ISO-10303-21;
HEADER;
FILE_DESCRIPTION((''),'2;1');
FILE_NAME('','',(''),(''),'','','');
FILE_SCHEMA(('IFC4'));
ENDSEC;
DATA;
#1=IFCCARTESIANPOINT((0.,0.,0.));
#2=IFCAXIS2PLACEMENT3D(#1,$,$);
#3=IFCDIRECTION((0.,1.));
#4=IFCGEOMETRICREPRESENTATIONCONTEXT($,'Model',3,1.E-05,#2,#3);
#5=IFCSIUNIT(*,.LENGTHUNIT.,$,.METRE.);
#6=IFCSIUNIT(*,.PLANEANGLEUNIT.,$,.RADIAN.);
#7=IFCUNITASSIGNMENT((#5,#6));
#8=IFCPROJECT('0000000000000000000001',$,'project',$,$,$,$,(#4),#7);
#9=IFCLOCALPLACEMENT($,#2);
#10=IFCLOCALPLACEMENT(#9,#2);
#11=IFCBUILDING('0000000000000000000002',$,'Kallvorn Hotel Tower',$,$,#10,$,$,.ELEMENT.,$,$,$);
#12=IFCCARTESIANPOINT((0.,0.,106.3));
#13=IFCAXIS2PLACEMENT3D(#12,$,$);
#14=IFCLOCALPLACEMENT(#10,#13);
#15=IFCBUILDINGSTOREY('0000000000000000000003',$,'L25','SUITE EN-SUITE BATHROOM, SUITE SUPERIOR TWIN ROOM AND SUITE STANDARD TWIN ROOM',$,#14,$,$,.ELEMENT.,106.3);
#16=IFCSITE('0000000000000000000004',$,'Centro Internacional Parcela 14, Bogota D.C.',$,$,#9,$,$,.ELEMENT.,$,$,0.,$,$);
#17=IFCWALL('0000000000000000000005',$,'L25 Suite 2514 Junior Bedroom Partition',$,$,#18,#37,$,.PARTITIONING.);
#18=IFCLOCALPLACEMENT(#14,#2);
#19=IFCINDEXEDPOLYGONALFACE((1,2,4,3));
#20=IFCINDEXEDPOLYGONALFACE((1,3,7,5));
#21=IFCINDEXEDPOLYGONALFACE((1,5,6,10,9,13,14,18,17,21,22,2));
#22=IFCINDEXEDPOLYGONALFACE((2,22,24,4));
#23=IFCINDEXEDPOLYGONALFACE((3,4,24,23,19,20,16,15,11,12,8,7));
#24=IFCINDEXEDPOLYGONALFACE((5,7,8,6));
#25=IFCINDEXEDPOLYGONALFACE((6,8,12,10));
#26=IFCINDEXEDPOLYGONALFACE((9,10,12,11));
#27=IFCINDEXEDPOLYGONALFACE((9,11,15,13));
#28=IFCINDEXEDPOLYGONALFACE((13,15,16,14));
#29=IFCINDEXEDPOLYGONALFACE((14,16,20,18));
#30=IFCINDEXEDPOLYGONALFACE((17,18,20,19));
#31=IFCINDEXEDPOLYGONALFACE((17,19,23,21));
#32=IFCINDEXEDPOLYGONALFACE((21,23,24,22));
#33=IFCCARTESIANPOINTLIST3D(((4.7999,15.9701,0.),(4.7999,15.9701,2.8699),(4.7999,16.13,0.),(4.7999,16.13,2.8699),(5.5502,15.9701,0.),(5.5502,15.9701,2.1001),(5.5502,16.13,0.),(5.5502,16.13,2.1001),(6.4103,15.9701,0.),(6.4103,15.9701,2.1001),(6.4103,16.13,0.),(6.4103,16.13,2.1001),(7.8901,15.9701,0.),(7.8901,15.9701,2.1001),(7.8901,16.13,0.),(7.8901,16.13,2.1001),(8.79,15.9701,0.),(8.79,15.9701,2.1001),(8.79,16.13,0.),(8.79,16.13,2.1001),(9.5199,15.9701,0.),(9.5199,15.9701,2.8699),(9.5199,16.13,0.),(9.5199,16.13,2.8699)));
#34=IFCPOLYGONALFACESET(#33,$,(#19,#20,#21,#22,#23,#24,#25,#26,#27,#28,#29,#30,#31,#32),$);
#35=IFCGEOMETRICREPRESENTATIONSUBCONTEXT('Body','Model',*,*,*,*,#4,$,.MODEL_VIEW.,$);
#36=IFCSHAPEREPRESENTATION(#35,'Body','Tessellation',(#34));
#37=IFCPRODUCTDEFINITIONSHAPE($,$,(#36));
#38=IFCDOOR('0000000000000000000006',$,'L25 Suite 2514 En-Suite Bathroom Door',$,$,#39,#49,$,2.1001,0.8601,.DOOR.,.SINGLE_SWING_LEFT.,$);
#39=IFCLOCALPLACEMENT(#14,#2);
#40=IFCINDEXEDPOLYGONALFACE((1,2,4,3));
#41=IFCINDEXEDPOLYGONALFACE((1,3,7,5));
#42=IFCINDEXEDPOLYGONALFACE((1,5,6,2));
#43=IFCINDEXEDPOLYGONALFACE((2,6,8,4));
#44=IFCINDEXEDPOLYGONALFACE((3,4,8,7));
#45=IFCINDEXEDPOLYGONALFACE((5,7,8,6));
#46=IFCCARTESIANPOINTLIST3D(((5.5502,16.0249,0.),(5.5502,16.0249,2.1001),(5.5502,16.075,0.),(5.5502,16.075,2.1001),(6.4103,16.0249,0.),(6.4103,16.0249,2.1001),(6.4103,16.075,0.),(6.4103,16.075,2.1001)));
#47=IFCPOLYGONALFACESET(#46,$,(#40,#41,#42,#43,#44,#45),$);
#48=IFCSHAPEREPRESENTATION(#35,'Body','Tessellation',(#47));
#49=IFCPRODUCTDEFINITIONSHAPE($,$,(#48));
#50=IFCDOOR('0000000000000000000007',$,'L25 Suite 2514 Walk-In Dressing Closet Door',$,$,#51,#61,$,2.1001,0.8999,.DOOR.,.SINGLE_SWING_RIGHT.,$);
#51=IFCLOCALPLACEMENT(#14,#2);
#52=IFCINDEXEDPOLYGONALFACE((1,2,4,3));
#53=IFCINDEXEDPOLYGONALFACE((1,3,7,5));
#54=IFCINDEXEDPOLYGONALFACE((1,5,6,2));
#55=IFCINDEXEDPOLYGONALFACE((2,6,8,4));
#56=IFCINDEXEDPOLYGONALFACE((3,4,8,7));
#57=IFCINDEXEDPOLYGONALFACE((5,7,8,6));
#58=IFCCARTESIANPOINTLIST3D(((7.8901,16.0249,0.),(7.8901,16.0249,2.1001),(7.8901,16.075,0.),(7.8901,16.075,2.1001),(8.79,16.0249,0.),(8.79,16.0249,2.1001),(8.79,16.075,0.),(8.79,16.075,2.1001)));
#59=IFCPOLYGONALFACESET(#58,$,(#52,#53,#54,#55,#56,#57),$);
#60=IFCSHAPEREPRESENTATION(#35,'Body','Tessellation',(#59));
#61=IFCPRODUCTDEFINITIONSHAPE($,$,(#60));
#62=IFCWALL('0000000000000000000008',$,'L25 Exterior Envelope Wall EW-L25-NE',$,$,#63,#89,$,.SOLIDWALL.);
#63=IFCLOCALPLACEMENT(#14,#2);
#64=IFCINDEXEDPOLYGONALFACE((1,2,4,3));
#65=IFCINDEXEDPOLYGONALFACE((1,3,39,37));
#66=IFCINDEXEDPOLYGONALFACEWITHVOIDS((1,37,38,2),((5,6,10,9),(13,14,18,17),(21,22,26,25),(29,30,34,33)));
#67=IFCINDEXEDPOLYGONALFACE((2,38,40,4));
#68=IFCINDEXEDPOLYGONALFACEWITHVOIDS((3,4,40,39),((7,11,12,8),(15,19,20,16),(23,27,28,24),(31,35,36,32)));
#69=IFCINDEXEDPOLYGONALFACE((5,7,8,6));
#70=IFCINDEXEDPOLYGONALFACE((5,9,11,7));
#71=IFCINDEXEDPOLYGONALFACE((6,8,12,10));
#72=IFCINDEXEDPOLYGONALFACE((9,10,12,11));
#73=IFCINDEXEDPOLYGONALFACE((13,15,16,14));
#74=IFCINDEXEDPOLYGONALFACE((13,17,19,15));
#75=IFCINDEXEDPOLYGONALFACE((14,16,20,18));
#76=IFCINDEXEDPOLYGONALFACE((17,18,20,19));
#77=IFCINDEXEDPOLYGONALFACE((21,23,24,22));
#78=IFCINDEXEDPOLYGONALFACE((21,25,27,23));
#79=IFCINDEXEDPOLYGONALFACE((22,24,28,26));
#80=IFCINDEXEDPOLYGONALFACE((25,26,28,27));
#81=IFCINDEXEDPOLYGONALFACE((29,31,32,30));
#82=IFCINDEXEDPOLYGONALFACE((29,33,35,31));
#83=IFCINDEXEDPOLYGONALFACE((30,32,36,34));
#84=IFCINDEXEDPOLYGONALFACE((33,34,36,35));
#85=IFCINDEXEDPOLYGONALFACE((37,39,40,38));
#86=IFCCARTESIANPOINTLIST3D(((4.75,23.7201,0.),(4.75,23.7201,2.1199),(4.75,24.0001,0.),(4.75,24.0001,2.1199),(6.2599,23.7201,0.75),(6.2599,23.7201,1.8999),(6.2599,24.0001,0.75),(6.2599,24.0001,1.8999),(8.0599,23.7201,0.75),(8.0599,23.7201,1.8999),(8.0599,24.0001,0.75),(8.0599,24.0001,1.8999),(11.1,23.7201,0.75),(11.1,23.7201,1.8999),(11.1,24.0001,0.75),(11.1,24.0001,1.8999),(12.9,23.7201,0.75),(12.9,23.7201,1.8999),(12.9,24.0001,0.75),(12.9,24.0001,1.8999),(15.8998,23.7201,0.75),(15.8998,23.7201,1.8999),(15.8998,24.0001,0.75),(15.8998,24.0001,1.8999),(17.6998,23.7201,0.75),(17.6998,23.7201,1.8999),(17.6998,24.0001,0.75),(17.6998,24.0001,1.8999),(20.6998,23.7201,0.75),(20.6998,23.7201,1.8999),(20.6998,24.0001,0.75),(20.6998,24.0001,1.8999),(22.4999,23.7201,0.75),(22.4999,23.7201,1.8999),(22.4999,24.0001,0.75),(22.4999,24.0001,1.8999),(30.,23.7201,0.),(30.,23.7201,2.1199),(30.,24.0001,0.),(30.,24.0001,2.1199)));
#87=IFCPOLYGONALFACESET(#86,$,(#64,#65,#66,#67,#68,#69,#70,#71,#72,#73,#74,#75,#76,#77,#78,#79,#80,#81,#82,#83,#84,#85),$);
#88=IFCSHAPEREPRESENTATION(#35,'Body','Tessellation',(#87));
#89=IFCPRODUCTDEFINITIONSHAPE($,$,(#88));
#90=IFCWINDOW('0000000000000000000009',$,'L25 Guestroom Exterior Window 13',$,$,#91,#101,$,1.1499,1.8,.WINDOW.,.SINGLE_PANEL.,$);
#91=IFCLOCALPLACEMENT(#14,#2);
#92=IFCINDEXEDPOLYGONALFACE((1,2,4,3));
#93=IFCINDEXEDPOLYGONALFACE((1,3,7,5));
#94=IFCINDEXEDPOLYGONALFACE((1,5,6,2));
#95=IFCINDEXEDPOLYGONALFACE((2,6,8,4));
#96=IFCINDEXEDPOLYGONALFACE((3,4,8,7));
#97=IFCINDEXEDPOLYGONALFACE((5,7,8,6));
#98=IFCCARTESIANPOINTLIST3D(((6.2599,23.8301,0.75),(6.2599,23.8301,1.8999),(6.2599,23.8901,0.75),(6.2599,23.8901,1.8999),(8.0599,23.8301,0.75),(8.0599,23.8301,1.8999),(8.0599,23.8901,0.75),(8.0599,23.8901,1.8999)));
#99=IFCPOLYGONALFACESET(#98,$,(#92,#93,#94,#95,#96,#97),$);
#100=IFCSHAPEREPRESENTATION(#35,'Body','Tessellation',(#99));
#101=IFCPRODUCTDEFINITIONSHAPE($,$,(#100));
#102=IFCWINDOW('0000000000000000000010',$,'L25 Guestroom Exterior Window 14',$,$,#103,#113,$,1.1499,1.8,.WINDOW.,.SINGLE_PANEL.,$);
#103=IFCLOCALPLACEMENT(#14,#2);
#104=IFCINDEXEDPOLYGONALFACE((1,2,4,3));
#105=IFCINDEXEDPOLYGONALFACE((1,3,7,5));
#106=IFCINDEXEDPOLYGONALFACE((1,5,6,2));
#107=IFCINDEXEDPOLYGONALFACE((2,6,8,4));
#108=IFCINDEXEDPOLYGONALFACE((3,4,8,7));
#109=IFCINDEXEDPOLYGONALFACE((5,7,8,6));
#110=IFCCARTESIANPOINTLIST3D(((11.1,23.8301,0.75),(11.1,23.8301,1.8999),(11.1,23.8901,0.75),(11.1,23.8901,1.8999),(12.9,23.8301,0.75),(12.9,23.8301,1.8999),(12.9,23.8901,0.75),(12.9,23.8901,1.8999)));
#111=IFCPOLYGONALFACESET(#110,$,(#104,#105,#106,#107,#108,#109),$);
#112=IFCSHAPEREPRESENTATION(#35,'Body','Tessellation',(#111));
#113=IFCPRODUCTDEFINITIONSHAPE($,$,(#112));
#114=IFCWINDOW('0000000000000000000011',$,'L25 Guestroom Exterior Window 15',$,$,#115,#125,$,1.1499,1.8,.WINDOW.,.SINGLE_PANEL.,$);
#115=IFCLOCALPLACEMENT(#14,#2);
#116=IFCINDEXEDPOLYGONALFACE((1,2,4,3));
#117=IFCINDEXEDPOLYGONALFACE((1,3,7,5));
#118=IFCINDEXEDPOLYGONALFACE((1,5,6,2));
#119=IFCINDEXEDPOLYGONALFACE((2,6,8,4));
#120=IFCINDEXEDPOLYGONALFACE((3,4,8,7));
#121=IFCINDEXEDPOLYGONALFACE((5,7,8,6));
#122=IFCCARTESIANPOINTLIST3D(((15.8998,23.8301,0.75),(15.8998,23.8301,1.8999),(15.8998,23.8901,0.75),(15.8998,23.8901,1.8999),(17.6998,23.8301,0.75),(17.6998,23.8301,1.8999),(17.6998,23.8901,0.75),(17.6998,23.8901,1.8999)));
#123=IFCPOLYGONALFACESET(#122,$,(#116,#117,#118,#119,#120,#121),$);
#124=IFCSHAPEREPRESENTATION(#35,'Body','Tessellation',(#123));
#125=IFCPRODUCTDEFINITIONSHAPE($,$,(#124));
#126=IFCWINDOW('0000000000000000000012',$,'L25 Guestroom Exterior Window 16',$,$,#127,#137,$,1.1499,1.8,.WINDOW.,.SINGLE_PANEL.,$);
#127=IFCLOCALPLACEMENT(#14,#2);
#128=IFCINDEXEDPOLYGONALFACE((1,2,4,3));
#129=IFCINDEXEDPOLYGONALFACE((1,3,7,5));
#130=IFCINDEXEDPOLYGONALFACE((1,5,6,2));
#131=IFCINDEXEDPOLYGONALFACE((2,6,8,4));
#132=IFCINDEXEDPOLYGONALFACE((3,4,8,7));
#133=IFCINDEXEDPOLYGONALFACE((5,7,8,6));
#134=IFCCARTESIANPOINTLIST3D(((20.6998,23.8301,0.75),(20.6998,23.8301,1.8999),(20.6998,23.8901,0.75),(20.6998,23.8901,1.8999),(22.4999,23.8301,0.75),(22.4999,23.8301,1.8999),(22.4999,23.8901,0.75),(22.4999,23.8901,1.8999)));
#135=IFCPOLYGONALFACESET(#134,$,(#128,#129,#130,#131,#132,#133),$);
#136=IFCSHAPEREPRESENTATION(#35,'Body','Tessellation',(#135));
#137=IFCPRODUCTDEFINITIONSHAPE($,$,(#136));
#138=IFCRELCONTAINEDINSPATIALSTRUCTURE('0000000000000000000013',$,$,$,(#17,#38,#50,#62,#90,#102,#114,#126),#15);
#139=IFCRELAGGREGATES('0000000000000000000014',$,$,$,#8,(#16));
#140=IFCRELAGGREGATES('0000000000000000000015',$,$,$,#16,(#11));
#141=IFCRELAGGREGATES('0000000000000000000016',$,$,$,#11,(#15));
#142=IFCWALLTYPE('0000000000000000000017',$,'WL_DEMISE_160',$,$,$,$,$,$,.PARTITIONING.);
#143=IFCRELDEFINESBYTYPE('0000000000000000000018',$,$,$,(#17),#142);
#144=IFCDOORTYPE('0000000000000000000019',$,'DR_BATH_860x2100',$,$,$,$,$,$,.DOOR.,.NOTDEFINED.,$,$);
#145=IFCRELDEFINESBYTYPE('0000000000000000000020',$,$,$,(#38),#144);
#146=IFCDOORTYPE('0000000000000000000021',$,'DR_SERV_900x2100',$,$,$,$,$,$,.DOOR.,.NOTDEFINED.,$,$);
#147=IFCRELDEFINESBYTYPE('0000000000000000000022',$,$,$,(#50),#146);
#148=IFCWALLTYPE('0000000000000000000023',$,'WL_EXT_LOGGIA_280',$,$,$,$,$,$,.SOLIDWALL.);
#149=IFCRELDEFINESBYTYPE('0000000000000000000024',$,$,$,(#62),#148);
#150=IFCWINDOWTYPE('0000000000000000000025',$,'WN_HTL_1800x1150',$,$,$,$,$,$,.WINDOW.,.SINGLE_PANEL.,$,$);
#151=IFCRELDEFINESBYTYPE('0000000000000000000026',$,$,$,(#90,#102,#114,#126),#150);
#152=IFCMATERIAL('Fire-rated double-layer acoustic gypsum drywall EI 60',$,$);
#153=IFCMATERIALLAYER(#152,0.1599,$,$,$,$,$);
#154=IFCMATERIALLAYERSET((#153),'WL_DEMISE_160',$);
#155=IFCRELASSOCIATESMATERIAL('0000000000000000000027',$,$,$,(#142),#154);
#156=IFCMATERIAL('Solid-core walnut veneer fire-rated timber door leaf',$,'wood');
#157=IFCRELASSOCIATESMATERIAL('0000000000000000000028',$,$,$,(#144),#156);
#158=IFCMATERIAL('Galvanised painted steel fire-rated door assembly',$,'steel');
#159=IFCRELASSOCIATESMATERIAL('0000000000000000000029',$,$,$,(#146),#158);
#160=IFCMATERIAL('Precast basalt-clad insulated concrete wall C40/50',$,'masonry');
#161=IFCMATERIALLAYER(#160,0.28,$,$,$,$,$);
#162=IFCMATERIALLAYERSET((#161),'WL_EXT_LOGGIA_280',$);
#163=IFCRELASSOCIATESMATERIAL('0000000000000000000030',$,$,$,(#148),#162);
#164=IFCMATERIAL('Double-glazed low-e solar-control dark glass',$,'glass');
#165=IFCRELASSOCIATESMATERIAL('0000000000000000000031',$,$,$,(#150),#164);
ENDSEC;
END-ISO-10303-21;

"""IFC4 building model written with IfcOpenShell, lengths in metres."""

from ifc_helpers import new_model, si_unit, direction, frame, frame_2d, origin, place, context, subcontext, project, spatial, rectangle, extrude, material, layer, layer_set, type_object, element, fill, save


model = new_model("IFC4")

# Units and contexts
model_context = context("Model", 3, precision=1e-05, world=origin(), true_north=direction((0.0, 1.0)))
body_context = subcontext(model_context, "Body", "Model", "MODEL_VIEW")
ifc_project = project(units=[si_unit("LENGTHUNIT", "METRE"), si_unit("PLANEANGLEUNIT", "RADIAN")], contexts=[model_context])

# Site, building, storey
site_placement = place(None, origin())
site = spatial("IfcSite", under=ifc_project, at=site_placement, Name="Centro Internacional Parcela 14, Bogota D.C.", CompositionType="ELEMENT", RefElevation=0.0)
building_placement = place(site_placement, origin())
building = spatial("IfcBuilding", under=site, at=building_placement, Name="Kallvorn Hotel Tower", CompositionType="ELEMENT")
storey_placement = place(building_placement, frame((0.0, 0.0, 106.3)))
storey = spatial("IfcBuildingStorey", under=building, at=storey_placement, Name="L25", Description="SUITE EN-SUITE BATHROOM, SUITE SUPERIOR TWIN ROOM AND SUITE STANDARD TWIN ROOM", CompositionType="ELEMENT", Elevation=106.3)

# Wall, openings, doors
ifc_material_1 = material(Name="Fire-rated double-layer acoustic gypsum drywall EI 60")
ifc_layer_1 = layer(ifc_material_1, 0.1599)
ifc_layer_set_1 = layer_set([ifc_layer_1], Name="WL_DEMISE_160")
wall_type_1 = type_object("IfcWallType", Name="WL_DEMISE_160", PredefinedType="PARTITIONING", material=ifc_layer_set_1)
wall_1_placement = place(storey_placement, frame((4.8, 16.05, 0.0), z_axis=(0.0, 0.0, 1.0), x_axis=(1.0, 0.0, 0.0)))
wall_1 = element("IfcWall", 1, at=wall_1_placement, inside=storey, type_object=wall_type_1, Name="L25 Suite 2514 Junior Bedroom Partition", PredefinedType="PARTITIONING", context=body_context, shape_type="SweptSolid", body=[
    extrude(rectangle(XDim=4.72, YDim=0.1599, at=frame_2d((2.3599, 0.0))), origin(), (0.0, 0.0, 1.0), 2.8699),
])
opening_1_placement = place(wall_1_placement, frame((0.75, 0.0, 0.0)))
opening_1 = element("IfcOpeningElement", 2, at=opening_1_placement, cuts=wall_1, PredefinedType="OPENING", context=body_context, shape_type="SweptSolid", body=[
    extrude(rectangle(XDim=0.8601, YDim=2.1001, at=frame_2d((0.4302, 1.05))), frame((0.0, 0.095, 0.0), z_axis=(0.0, -1.0, 0.0), x_axis=(1.0, 0.0, 0.0)), (0.0, 0.0, 1.0), 0.1899),
])
opening_2_placement = place(wall_1_placement, frame((3.0901, 0.0, 0.0)))
opening_2 = element("IfcOpeningElement", 3, at=opening_2_placement, cuts=wall_1, PredefinedType="OPENING", context=body_context, shape_type="SweptSolid", body=[
    extrude(rectangle(XDim=0.8999, YDim=2.1001, at=frame_2d((0.45, 1.05))), frame((0.0, 0.095, 0.0), z_axis=(0.0, -1.0, 0.0), x_axis=(1.0, 0.0, 0.0)), (0.0, 0.0, 1.0), 0.1899),
])
ifc_material_2 = material(Name="Solid-core walnut veneer fire-rated timber door leaf", Category="wood")
door_type_1 = type_object("IfcDoorType", Name="DR_BATH_860x2100", OperationType="NOTDEFINED", PredefinedType="DOOR", material=ifc_material_2)
door_1_placement = place(opening_1_placement, origin())
door_1 = element("IfcDoor", 4, at=door_1_placement, inside=storey, type_object=door_type_1, Name="L25 Suite 2514 En-Suite Bathroom Door", OperationType="SINGLE_SWING_LEFT", OverallHeight=2.1001, OverallWidth=0.8601, PredefinedType="DOOR", context=body_context, shape_type="SweptSolid", body=[
    extrude(rectangle(XDim=0.8601, YDim=2.1001, at=frame_2d((0.4302, 1.05))), frame((0.0, 0.0249, 0.0), z_axis=(0.0, -1.0, 0.0), x_axis=(1.0, 0.0, 0.0)), (0.0, 0.0, 1.0), 0.05),
])
fill(opening_1, door_1)
ifc_material_3 = material(Name="Galvanised painted steel fire-rated door assembly", Category="steel")
door_type_2 = type_object("IfcDoorType", Name="DR_SERV_900x2100", OperationType="NOTDEFINED", PredefinedType="DOOR", material=ifc_material_3)
door_2_placement = place(opening_2_placement, origin())
door_2 = element("IfcDoor", 5, at=door_2_placement, inside=storey, type_object=door_type_2, Name="L25 Suite 2514 Walk-In Dressing Closet Door", OperationType="SINGLE_SWING_RIGHT", OverallHeight=2.1001, OverallWidth=0.8999, PredefinedType="DOOR", context=body_context, shape_type="SweptSolid", body=[
    extrude(rectangle(XDim=0.8999, YDim=2.1001, at=frame_2d((0.45, 1.05))), frame((0.0, 0.0249, 0.0), z_axis=(0.0, -1.0, 0.0), x_axis=(1.0, 0.0, 0.0)), (0.0, 0.0, 1.0), 0.05),
])
fill(opening_2, door_2)

# Wall, openings, windows
ifc_material_4 = material(Name="Precast basalt-clad insulated concrete wall C40/50", Category="masonry")
ifc_layer_2 = layer(ifc_material_4, 0.28)
ifc_layer_set_2 = layer_set([ifc_layer_2], Name="WL_EXT_LOGGIA_280")
wall_type_2 = type_object("IfcWallType", Name="WL_EXT_LOGGIA_280", PredefinedType="SOLIDWALL", material=ifc_layer_set_2)
wall_2_placement = place(storey_placement, frame((4.75, 23.8601, 0.0), z_axis=(0.0, 0.0, 1.0), x_axis=(1.0, 0.0, 0.0)))
wall_2 = element("IfcWall", 6, at=wall_2_placement, inside=storey, type_object=wall_type_2, Name="L25 Exterior Envelope Wall EW-L25-NE", PredefinedType="SOLIDWALL", context=body_context, shape_type="SweptSolid", body=[
    extrude(rectangle(XDim=25.25, YDim=0.28, at=frame_2d((12.625, 0.0))), origin(), (0.0, 0.0, 1.0), 2.1199),
])
opening_3_placement = place(wall_2_placement, frame((1.51, 0.0, 0.75)))
opening_3 = element("IfcOpeningElement", 7, at=opening_3_placement, cuts=wall_2, PredefinedType="OPENING", context=body_context, shape_type="SweptSolid", body=[
    extrude(rectangle(XDim=1.8, YDim=1.1499, at=frame_2d((0.8999, 0.575))), frame((0.0, 0.155, 0.0), z_axis=(0.0, -1.0, 0.0), x_axis=(1.0, 0.0, 0.0)), (0.0, 0.0, 1.0), 0.3101),
])
opening_4_placement = place(wall_2_placement, frame((6.3501, 0.0, 0.75)))
opening_4 = element("IfcOpeningElement", 8, at=opening_4_placement, cuts=wall_2, PredefinedType="OPENING", context=body_context, shape_type="SweptSolid", body=[
    extrude(rectangle(XDim=1.8, YDim=1.1499, at=frame_2d((0.8999, 0.575))), frame((0.0, 0.155, 0.0), z_axis=(0.0, -1.0, 0.0), x_axis=(1.0, 0.0, 0.0)), (0.0, 0.0, 1.0), 0.3101),
])
opening_5_placement = place(wall_2_placement, frame((11.1499, 0.0, 0.75)))
opening_5 = element("IfcOpeningElement", 9, at=opening_5_placement, cuts=wall_2, PredefinedType="OPENING", context=body_context, shape_type="SweptSolid", body=[
    extrude(rectangle(XDim=1.8, YDim=1.1499, at=frame_2d((0.8999, 0.575))), frame((0.0, 0.155, 0.0), z_axis=(0.0, -1.0, 0.0), x_axis=(1.0, 0.0, 0.0)), (0.0, 0.0, 1.0), 0.3101),
])
opening_6_placement = place(wall_2_placement, frame((15.95, 0.0, 0.75)))
opening_6 = element("IfcOpeningElement", 10, at=opening_6_placement, cuts=wall_2, PredefinedType="OPENING", context=body_context, shape_type="SweptSolid", body=[
    extrude(rectangle(XDim=1.8, YDim=1.1499, at=frame_2d((0.8999, 0.575))), frame((0.0, 0.155, 0.0), z_axis=(0.0, -1.0, 0.0), x_axis=(1.0, 0.0, 0.0)), (0.0, 0.0, 1.0), 0.3101),
])
ifc_material_5 = material(Name="Double-glazed low-e solar-control dark glass", Category="glass")
window_type = type_object("IfcWindowType", Name="WN_HTL_1800x1150", PartitioningType="SINGLE_PANEL", PredefinedType="WINDOW", material=ifc_material_5)
window_1_placement = place(opening_3_placement, origin())
window_1 = element("IfcWindow", 11, at=window_1_placement, inside=storey, type_object=window_type, Name="L25 Guestroom Exterior Window 13", OverallHeight=1.1499, OverallWidth=1.8, PartitioningType="SINGLE_PANEL", PredefinedType="WINDOW", context=body_context, shape_type="SweptSolid", body=[
    extrude(rectangle(XDim=1.8, YDim=1.1499, at=frame_2d((0.8999, 0.575))), frame((0.0, 0.03, 0.0), z_axis=(0.0, -1.0, 0.0), x_axis=(1.0, 0.0, 0.0)), (0.0, 0.0, 1.0), 0.0601),
])
fill(opening_3, window_1)
window_2_placement = place(opening_4_placement, origin())
window_2 = element("IfcWindow", 12, at=window_2_placement, inside=storey, type_object=window_type, Name="L25 Guestroom Exterior Window 14", OverallHeight=1.1499, OverallWidth=1.8, PartitioningType="SINGLE_PANEL", PredefinedType="WINDOW", context=body_context, shape_type="SweptSolid", body=[
    extrude(rectangle(XDim=1.8, YDim=1.1499, at=frame_2d((0.8999, 0.575))), frame((0.0, 0.03, 0.0), z_axis=(0.0, -1.0, 0.0), x_axis=(1.0, 0.0, 0.0)), (0.0, 0.0, 1.0), 0.0601),
])
fill(opening_4, window_2)
window_3_placement = place(opening_5_placement, origin())
window_3 = element("IfcWindow", 13, at=window_3_placement, inside=storey, type_object=window_type, Name="L25 Guestroom Exterior Window 15", OverallHeight=1.1499, OverallWidth=1.8, PartitioningType="SINGLE_PANEL", PredefinedType="WINDOW", context=body_context, shape_type="SweptSolid", body=[
    extrude(rectangle(XDim=1.8, YDim=1.1499, at=frame_2d((0.8999, 0.575))), frame((0.0, 0.03, 0.0), z_axis=(0.0, -1.0, 0.0), x_axis=(1.0, 0.0, 0.0)), (0.0, 0.0, 1.0), 0.0601),
])
fill(opening_5, window_3)
window_4_placement = place(opening_6_placement, origin())
window_4 = element("IfcWindow", 14, at=window_4_placement, inside=storey, type_object=window_type, Name="L25 Guestroom Exterior Window 16", OverallHeight=1.1499, OverallWidth=1.8, PartitioningType="SINGLE_PANEL", PredefinedType="WINDOW", context=body_context, shape_type="SweptSolid", body=[
    extrude(rectangle(XDim=1.8, YDim=1.1499, at=frame_2d((0.8999, 0.575))), frame((0.0, 0.03, 0.0), z_axis=(0.0, -1.0, 0.0), x_axis=(1.0, 0.0, 0.0)), (0.0, 0.0, 1.0), 0.0601),
])
fill(opening_6, window_4)

save(model, "model.ifc")
